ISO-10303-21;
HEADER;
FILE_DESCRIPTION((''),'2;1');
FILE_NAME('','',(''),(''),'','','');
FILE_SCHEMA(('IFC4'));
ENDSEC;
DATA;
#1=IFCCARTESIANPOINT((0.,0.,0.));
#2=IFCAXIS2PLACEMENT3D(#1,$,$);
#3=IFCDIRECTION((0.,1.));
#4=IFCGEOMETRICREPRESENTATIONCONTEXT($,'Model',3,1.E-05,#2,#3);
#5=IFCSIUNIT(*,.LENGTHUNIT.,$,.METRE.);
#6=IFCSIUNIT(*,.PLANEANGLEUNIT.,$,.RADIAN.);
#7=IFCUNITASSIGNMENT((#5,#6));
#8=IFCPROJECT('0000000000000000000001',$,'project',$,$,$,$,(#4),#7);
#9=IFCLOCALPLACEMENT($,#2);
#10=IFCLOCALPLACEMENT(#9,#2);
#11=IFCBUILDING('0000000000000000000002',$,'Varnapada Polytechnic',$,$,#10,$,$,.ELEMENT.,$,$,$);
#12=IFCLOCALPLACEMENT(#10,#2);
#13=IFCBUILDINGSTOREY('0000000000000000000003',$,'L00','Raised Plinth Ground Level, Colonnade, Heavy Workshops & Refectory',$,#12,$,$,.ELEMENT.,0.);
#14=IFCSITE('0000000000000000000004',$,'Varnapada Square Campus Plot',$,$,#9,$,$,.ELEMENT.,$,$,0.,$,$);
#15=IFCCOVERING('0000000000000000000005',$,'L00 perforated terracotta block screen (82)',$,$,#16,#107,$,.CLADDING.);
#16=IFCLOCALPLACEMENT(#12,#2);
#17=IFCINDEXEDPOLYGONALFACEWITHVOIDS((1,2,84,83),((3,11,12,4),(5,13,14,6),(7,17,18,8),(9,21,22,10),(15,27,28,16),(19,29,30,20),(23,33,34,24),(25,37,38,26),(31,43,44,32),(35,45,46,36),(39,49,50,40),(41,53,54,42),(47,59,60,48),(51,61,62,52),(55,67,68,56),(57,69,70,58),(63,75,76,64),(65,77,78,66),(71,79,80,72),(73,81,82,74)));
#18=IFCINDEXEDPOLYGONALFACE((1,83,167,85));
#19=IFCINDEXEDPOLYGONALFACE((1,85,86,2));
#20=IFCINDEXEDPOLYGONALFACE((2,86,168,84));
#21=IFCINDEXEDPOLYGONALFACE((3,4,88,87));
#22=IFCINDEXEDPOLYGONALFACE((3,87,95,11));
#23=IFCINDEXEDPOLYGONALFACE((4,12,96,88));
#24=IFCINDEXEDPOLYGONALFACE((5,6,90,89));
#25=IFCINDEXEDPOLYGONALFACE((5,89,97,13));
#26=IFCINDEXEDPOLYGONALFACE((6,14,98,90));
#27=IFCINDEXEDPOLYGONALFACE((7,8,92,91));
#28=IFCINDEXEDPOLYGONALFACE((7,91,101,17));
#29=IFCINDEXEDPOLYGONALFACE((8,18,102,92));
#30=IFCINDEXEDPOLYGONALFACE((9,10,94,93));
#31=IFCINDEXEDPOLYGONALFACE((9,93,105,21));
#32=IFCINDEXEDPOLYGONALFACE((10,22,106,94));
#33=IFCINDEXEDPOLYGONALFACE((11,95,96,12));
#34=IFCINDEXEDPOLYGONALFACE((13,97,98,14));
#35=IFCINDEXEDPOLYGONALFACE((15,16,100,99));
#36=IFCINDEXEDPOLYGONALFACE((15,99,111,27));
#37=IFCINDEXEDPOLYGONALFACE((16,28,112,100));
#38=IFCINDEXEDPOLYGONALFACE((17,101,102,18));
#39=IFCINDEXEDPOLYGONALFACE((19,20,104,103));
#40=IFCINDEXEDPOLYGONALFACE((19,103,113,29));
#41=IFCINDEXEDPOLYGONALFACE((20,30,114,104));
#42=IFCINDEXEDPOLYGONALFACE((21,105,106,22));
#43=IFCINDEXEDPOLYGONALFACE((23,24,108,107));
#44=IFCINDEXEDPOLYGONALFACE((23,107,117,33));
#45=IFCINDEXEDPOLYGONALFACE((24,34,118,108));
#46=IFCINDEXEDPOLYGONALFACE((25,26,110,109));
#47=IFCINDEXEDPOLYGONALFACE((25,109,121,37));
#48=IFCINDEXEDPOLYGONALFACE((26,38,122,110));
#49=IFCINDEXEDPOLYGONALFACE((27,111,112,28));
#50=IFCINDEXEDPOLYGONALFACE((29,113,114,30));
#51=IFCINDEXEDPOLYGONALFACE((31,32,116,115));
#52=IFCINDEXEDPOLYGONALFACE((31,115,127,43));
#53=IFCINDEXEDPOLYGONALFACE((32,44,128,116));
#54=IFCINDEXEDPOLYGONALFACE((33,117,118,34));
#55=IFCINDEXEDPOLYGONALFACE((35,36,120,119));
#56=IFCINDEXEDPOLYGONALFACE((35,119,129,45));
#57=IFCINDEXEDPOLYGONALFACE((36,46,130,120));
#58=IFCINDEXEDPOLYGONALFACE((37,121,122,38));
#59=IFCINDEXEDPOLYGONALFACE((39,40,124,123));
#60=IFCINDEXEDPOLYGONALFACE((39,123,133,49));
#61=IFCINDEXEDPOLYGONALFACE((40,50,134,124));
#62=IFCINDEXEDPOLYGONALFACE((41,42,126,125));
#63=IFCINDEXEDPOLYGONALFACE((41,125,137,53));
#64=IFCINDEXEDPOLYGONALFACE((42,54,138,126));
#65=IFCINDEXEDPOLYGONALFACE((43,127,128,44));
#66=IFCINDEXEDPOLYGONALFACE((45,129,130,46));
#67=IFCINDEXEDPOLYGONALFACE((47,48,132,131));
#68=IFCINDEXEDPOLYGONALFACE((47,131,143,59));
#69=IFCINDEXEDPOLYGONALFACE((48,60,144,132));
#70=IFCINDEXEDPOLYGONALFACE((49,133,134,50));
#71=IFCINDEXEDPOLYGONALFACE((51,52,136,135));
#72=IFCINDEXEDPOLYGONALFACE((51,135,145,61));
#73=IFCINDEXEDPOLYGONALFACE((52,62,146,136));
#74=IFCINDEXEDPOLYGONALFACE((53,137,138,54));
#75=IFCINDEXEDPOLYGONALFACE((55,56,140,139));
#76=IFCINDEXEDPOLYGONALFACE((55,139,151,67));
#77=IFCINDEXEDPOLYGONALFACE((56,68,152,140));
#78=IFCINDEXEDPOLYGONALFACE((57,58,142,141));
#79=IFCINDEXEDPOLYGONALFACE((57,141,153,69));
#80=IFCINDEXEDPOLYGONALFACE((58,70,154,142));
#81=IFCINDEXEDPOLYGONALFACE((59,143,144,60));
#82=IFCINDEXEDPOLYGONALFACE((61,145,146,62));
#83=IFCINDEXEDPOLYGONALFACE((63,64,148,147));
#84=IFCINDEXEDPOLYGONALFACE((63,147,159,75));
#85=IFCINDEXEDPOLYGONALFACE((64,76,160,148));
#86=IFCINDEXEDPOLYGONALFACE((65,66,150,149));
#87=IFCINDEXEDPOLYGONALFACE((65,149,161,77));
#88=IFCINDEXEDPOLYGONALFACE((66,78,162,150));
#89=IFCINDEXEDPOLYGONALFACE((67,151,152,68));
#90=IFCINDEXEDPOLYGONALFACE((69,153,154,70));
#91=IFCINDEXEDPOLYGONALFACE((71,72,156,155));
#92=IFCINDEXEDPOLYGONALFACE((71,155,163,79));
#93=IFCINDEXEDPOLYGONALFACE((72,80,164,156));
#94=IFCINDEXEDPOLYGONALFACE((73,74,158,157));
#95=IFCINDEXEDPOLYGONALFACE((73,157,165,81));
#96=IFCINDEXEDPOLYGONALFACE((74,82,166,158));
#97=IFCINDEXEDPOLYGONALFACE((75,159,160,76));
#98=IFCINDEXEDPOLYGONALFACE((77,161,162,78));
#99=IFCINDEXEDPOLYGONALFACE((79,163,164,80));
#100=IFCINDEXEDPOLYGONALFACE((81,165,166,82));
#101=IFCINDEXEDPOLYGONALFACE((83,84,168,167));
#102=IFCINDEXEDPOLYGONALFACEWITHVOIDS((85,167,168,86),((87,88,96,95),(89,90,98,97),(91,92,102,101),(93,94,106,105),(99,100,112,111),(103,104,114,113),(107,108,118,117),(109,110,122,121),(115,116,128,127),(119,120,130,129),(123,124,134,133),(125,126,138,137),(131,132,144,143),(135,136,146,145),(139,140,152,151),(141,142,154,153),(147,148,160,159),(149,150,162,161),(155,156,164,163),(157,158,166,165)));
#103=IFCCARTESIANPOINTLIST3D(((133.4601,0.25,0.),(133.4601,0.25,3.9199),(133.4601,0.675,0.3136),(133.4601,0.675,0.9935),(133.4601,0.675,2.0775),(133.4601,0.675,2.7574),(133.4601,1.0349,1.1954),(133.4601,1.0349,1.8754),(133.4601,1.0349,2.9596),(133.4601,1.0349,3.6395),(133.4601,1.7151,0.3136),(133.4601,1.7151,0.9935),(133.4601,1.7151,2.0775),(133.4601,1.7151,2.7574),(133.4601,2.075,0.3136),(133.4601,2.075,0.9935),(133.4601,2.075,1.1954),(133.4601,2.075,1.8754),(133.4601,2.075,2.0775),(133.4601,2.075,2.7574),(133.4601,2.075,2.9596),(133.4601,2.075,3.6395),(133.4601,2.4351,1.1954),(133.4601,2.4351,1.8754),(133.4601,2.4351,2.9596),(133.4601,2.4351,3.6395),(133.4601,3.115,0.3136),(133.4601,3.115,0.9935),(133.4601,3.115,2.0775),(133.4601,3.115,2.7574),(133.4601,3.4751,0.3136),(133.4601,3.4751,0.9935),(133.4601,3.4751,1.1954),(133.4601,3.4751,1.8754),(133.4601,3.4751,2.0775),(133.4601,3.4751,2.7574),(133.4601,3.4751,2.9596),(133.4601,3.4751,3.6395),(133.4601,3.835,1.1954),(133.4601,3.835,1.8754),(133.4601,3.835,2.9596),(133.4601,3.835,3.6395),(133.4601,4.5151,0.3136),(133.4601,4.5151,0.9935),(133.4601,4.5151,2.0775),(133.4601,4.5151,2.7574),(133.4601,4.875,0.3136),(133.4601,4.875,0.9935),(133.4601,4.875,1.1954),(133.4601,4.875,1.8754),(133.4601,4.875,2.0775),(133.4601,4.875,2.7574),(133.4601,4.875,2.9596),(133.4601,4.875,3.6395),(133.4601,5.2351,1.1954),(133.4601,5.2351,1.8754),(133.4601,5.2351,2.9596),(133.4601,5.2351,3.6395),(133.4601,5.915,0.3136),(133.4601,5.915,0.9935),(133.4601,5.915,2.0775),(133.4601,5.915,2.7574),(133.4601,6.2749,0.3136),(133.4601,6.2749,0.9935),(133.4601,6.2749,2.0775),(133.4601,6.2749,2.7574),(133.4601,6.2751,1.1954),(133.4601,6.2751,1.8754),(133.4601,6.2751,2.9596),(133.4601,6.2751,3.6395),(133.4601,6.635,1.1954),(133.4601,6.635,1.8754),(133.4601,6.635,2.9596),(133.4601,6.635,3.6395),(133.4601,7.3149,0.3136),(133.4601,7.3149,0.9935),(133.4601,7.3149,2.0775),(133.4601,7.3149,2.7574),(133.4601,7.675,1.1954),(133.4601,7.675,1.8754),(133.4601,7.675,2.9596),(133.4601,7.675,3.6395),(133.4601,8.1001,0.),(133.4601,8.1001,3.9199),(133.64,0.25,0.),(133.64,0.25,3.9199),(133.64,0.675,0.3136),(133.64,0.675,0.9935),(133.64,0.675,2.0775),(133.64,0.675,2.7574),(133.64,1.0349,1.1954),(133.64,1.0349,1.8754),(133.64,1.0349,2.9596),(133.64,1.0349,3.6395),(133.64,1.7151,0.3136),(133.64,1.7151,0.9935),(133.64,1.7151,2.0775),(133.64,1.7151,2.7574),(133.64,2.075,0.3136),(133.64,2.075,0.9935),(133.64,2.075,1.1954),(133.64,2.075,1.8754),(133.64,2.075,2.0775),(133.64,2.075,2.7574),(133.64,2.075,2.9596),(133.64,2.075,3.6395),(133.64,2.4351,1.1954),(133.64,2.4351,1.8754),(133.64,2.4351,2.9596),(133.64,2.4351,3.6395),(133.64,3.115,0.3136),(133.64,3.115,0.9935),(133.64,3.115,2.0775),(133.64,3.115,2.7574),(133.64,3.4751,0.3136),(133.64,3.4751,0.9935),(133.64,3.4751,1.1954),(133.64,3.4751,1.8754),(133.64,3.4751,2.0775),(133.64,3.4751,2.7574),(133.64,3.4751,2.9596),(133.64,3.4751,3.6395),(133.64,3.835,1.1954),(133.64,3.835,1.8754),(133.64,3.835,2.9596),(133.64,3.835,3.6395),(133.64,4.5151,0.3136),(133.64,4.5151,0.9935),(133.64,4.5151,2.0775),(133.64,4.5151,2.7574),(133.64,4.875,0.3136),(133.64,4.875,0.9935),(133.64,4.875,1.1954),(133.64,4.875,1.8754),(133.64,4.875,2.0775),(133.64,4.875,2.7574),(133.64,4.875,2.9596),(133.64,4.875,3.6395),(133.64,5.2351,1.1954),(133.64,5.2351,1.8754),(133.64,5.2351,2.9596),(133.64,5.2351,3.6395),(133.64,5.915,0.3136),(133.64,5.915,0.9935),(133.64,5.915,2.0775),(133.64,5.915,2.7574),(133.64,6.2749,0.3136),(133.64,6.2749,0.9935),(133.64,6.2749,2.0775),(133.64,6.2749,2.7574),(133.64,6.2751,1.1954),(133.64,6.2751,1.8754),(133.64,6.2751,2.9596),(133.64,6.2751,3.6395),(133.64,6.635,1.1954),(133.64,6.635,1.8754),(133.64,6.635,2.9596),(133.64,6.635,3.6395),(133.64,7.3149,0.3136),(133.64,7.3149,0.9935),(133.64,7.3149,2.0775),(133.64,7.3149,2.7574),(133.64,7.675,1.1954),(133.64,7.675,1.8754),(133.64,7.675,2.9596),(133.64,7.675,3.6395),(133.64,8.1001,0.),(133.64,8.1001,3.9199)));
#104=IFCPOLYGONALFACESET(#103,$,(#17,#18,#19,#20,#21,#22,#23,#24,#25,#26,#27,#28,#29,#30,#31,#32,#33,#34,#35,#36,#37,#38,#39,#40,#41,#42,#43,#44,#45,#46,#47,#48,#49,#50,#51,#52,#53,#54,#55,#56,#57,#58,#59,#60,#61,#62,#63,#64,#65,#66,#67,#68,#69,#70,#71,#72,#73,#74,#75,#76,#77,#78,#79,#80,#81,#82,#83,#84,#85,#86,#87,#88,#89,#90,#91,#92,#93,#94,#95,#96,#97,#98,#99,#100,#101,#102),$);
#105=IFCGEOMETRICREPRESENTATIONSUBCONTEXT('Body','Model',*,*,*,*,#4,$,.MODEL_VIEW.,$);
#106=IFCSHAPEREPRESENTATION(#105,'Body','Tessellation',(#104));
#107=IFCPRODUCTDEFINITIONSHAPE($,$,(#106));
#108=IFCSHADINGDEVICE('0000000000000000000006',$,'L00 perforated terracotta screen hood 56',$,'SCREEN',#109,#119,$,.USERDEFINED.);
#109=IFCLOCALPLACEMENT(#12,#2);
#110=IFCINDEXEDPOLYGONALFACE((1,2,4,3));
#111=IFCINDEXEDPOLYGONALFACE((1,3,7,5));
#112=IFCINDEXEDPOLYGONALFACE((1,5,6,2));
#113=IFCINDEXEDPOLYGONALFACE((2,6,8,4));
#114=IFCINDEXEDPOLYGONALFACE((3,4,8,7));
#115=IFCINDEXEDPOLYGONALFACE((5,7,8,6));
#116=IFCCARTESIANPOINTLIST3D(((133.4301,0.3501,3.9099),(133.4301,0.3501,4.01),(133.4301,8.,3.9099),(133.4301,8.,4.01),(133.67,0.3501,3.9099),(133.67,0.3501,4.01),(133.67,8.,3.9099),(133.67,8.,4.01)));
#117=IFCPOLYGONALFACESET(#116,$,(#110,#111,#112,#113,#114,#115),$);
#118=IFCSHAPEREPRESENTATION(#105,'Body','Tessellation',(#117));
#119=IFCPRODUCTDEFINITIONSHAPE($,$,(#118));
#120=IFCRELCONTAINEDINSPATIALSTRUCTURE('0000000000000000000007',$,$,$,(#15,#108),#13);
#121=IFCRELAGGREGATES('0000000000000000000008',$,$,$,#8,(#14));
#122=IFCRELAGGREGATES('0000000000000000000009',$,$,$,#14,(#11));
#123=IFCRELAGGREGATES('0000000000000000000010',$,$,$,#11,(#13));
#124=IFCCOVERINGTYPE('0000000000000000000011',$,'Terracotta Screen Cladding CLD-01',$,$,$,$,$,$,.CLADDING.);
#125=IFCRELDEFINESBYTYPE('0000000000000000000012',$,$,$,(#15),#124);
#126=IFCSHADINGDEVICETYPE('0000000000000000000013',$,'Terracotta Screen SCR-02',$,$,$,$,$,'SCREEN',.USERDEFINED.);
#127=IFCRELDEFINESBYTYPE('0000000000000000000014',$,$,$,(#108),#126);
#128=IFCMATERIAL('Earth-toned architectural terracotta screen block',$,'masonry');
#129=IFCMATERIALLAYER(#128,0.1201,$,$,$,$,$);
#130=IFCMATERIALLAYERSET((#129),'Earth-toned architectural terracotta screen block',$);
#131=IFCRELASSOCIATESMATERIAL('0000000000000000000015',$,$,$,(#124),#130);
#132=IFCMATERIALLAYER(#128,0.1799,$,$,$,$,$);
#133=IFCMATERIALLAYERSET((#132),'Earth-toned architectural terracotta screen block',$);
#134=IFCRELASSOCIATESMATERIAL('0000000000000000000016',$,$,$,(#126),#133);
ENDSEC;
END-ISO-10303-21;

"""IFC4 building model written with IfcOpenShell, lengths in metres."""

from ifc_helpers import new_model, si_unit, direction, frame, frame_2d, origin, origin_2d, place, context, subcontext, project, spatial, rectangle, extrude, material, layer, layer_set, type_object, element, save


model = new_model("IFC4")

# Units and contexts
model_context = context("Model", 3, precision=1e-05, world=origin(), true_north=direction((0.0, 1.0)))
body_context = subcontext(model_context, "Body", "Model", "MODEL_VIEW")
ifc_project = project(units=[si_unit("LENGTHUNIT", "METRE"), si_unit("PLANEANGLEUNIT", "RADIAN")], contexts=[model_context])

# Site, building, storey
site_placement = place(None, origin())
site = spatial("IfcSite", under=ifc_project, at=site_placement, Name="Varnapada Square Campus Plot", CompositionType="ELEMENT", RefElevation=0.0)
building_placement = place(site_placement, origin())
building = spatial("IfcBuilding", under=site, at=building_placement, Name="Varnapada Polytechnic", CompositionType="ELEMENT")
storey_placement = place(building_placement, origin())
storey = spatial("IfcBuildingStorey", under=building, at=storey_placement, Name="L00", Description="Raised Plinth Ground Level, Colonnade, Heavy Workshops & Refectory", CompositionType="ELEMENT", Elevation=0.0)

# Covering, openings
ifc_material_1 = material(Name="Earth-toned architectural terracotta screen block", Category="masonry")
ifc_layer_1 = layer(ifc_material_1, 0.1201)
ifc_layer_set_1 = layer_set([ifc_layer_1], Name="Earth-toned architectural terracotta screen block")
covering_type = type_object("IfcCoveringType", Name="Terracotta Screen Cladding CLD-01", PredefinedType="CLADDING", material=ifc_layer_set_1)
covering_placement = place(storey_placement, frame((133.55, 0.25, 0.0), z_axis=(0.0, 0.0, 1.0), x_axis=(0.0, 1.0, 0.0)))
covering = element("IfcCovering", 1, at=covering_placement, inside=storey, type_object=covering_type, Name="L00 perforated terracotta block screen (82)", PredefinedType="CLADDING", context=body_context, shape_type="SweptSolid", body=[
    extrude(rectangle(XDim=7.8501, YDim=0.1799, at=frame_2d((3.925, 0.0))), origin(), (0.0, 0.0, 1.0), 3.9199),
])
opening_1_placement = place(covering_placement, frame((0.425, 0.0, 0.3137)))
element("IfcOpeningElement", 2, at=opening_1_placement, cuts=covering, PredefinedType="OPENING", context=body_context, shape_type="SweptSolid", body=[
    extrude(rectangle(XDim=1.04, YDim=0.6799, at=frame_2d((0.52, 0.3398))), frame((0.0, 0.0999, 0.0), z_axis=(0.0, -1.0, 0.0), x_axis=(1.0, 0.0, 0.0)), (0.0, 0.0, 1.0), 0.2),
])
opening_2_placement = place(covering_placement, frame((1.825, 0.0, 0.3137)))
element("IfcOpeningElement", 3, at=opening_2_placement, cuts=covering, PredefinedType="OPENING", context=body_context, shape_type="SweptSolid", body=[
    extrude(rectangle(XDim=1.04, YDim=0.6799, at=frame_2d((0.52, 0.3398))), frame((0.0, 0.0999, 0.0), z_axis=(0.0, -1.0, 0.0), x_axis=(1.0, 0.0, 0.0)), (0.0, 0.0, 1.0), 0.2),
])
opening_3_placement = place(covering_placement, frame((3.2251, 0.0, 0.3137)))
element("IfcOpeningElement", 4, at=opening_3_placement, cuts=covering, PredefinedType="OPENING", context=body_context, shape_type="SweptSolid", body=[
    extrude(rectangle(XDim=1.04, YDim=0.6799, at=frame_2d((0.52, 0.3398))), frame((0.0, 0.0999, 0.0), z_axis=(0.0, -1.0, 0.0), x_axis=(1.0, 0.0, 0.0)), (0.0, 0.0, 1.0), 0.2),
])
opening_4_placement = place(covering_placement, frame((4.625, 0.0, 0.3137)))
element("IfcOpeningElement", 5, at=opening_4_placement, cuts=covering, PredefinedType="OPENING", context=body_context, shape_type="SweptSolid", body=[
    extrude(rectangle(XDim=1.04, YDim=0.6799, at=frame_2d((0.52, 0.3398))), frame((0.0, 0.0999, 0.0), z_axis=(0.0, -1.0, 0.0), x_axis=(1.0, 0.0, 0.0)), (0.0, 0.0, 1.0), 0.2),
])
opening_5_placement = place(covering_placement, frame((6.0249, 0.0, 0.3137)))
element("IfcOpeningElement", 6, at=opening_5_placement, cuts=covering, PredefinedType="OPENING", context=body_context, shape_type="SweptSolid", body=[
    extrude(rectangle(XDim=1.04, YDim=0.6799, at=frame_2d((0.52, 0.3398))), frame((0.0, 0.0999, 0.0), z_axis=(0.0, -1.0, 0.0), x_axis=(1.0, 0.0, 0.0)), (0.0, 0.0, 1.0), 0.2),
])
opening_6_placement = place(covering_placement, frame((0.7849, 0.0, 1.1956)))
element("IfcOpeningElement", 7, at=opening_6_placement, cuts=covering, PredefinedType="OPENING", context=body_context, shape_type="SweptSolid", body=[
    extrude(rectangle(XDim=1.04, YDim=0.6799, at=frame_2d((0.52, 0.3398))), frame((0.0, 0.0999, 0.0), z_axis=(0.0, -1.0, 0.0), x_axis=(1.0, 0.0, 0.0)), (0.0, 0.0, 1.0), 0.2),
])
opening_7_placement = place(covering_placement, frame((2.1851, 0.0, 1.1956)))
element("IfcOpeningElement", 8, at=opening_7_placement, cuts=covering, PredefinedType="OPENING", context=body_context, shape_type="SweptSolid", body=[
    extrude(rectangle(XDim=1.04, YDim=0.6799, at=frame_2d((0.52, 0.3398))), frame((0.0, 0.0999, 0.0), z_axis=(0.0, -1.0, 0.0), x_axis=(1.0, 0.0, 0.0)), (0.0, 0.0, 1.0), 0.2),
])
opening_8_placement = place(covering_placement, frame((3.585, 0.0, 1.1956)))
element("IfcOpeningElement", 9, at=opening_8_placement, cuts=covering, PredefinedType="OPENING", context=body_context, shape_type="SweptSolid", body=[
    extrude(rectangle(XDim=1.04, YDim=0.6799, at=frame_2d((0.52, 0.3398))), frame((0.0, 0.0999, 0.0), z_axis=(0.0, -1.0, 0.0), x_axis=(1.0, 0.0, 0.0)), (0.0, 0.0, 1.0), 0.2),
])
opening_9_placement = place(covering_placement, frame((4.9851, 0.0, 1.1956)))
element("IfcOpeningElement", 10, at=opening_9_placement, cuts=covering, PredefinedType="OPENING", context=body_context, shape_type="SweptSolid", body=[
    extrude(rectangle(XDim=1.04, YDim=0.6799, at=frame_2d((0.52, 0.3398))), frame((0.0, 0.0999, 0.0), z_axis=(0.0, -1.0, 0.0), x_axis=(1.0, 0.0, 0.0)), (0.0, 0.0, 1.0), 0.2),
])
opening_10_placement = place(covering_placement, frame((6.385, 0.0, 1.1956)))
element("IfcOpeningElement", 11, at=opening_10_placement, cuts=covering, PredefinedType="OPENING", context=body_context, shape_type="SweptSolid", body=[
    extrude(rectangle(XDim=1.04, YDim=0.6799, at=frame_2d((0.52, 0.3398))), frame((0.0, 0.0999, 0.0), z_axis=(0.0, -1.0, 0.0), x_axis=(1.0, 0.0, 0.0)), (0.0, 0.0, 1.0), 0.2),
])
opening_11_placement = place(covering_placement, frame((0.425, 0.0, 2.0776)))
element("IfcOpeningElement", 12, at=opening_11_placement, cuts=covering, PredefinedType="OPENING", context=body_context, shape_type="SweptSolid", body=[
    extrude(rectangle(XDim=1.04, YDim=0.6799, at=frame_2d((0.52, 0.3398))), frame((0.0, 0.0999, 0.0), z_axis=(0.0, -1.0, 0.0), x_axis=(1.0, 0.0, 0.0)), (0.0, 0.0, 1.0), 0.2),
])
opening_12_placement = place(covering_placement, frame((1.825, 0.0, 2.0776)))
element("IfcOpeningElement", 13, at=opening_12_placement, cuts=covering, PredefinedType="OPENING", context=body_context, shape_type="SweptSolid", body=[
    extrude(rectangle(XDim=1.04, YDim=0.6799, at=frame_2d((0.52, 0.3398))), frame((0.0, 0.0999, 0.0), z_axis=(0.0, -1.0, 0.0), x_axis=(1.0, 0.0, 0.0)), (0.0, 0.0, 1.0), 0.2),
])
opening_13_placement = place(covering_placement, frame((3.2251, 0.0, 2.0776)))
element("IfcOpeningElement", 14, at=opening_13_placement, cuts=covering, PredefinedType="OPENING", context=body_context, shape_type="SweptSolid", body=[
    extrude(rectangle(XDim=1.04, YDim=0.6799, at=frame_2d((0.52, 0.3398))), frame((0.0, 0.0999, 0.0), z_axis=(0.0, -1.0, 0.0), x_axis=(1.0, 0.0, 0.0)), (0.0, 0.0, 1.0), 0.2),
])
opening_14_placement = place(covering_placement, frame((4.625, 0.0, 2.0776)))
element("IfcOpeningElement", 15, at=opening_14_placement, cuts=covering, PredefinedType="OPENING", context=body_context, shape_type="SweptSolid", body=[
    extrude(rectangle(XDim=1.04, YDim=0.6799, at=frame_2d((0.52, 0.3398))), frame((0.0, 0.0999, 0.0), z_axis=(0.0, -1.0, 0.0), x_axis=(1.0, 0.0, 0.0)), (0.0, 0.0, 1.0), 0.2),
])
opening_15_placement = place(covering_placement, frame((6.0249, 0.0, 2.0776)))
element("IfcOpeningElement", 16, at=opening_15_placement, cuts=covering, PredefinedType="OPENING", context=body_context, shape_type="SweptSolid", body=[
    extrude(rectangle(XDim=1.04, YDim=0.6799, at=frame_2d((0.52, 0.3398))), frame((0.0, 0.0999, 0.0), z_axis=(0.0, -1.0, 0.0), x_axis=(1.0, 0.0, 0.0)), (0.0, 0.0, 1.0), 0.2),
])
opening_16_placement = place(covering_placement, frame((0.7849, 0.0, 2.9597)))
element("IfcOpeningElement", 17, at=opening_16_placement, cuts=covering, PredefinedType="OPENING", context=body_context, shape_type="SweptSolid", body=[
    extrude(rectangle(XDim=1.04, YDim=0.6799, at=frame_2d((0.52, 0.3398))), frame((0.0, 0.0999, 0.0), z_axis=(0.0, -1.0, 0.0), x_axis=(1.0, 0.0, 0.0)), (0.0, 0.0, 1.0), 0.2),
])
opening_17_placement = place(covering_placement, frame((2.1851, 0.0, 2.9597)))
element("IfcOpeningElement", 18, at=opening_17_placement, cuts=covering, PredefinedType="OPENING", context=body_context, shape_type="SweptSolid", body=[
    extrude(rectangle(XDim=1.04, YDim=0.6799, at=frame_2d((0.52, 0.3398))), frame((0.0, 0.0999, 0.0), z_axis=(0.0, -1.0, 0.0), x_axis=(1.0, 0.0, 0.0)), (0.0, 0.0, 1.0), 0.2),
])
opening_18_placement = place(covering_placement, frame((3.585, 0.0, 2.9597)))
element("IfcOpeningElement", 19, at=opening_18_placement, cuts=covering, PredefinedType="OPENING", context=body_context, shape_type="SweptSolid", body=[
    extrude(rectangle(XDim=1.04, YDim=0.6799, at=frame_2d((0.52, 0.3398))), frame((0.0, 0.0999, 0.0), z_axis=(0.0, -1.0, 0.0), x_axis=(1.0, 0.0, 0.0)), (0.0, 0.0, 1.0), 0.2),
])
opening_19_placement = place(covering_placement, frame((4.9851, 0.0, 2.9597)))
element("IfcOpeningElement", 20, at=opening_19_placement, cuts=covering, PredefinedType="OPENING", context=body_context, shape_type="SweptSolid", body=[
    extrude(rectangle(XDim=1.04, YDim=0.6799, at=frame_2d((0.52, 0.3398))), frame((0.0, 0.0999, 0.0), z_axis=(0.0, -1.0, 0.0), x_axis=(1.0, 0.0, 0.0)), (0.0, 0.0, 1.0), 0.2),
])
opening_20_placement = place(covering_placement, frame((6.385, 0.0, 2.9597)))
element("IfcOpeningElement", 21, at=opening_20_placement, cuts=covering, PredefinedType="OPENING", context=body_context, shape_type="SweptSolid", body=[
    extrude(rectangle(XDim=1.04, YDim=0.6799, at=frame_2d((0.52, 0.3398))), frame((0.0, 0.0999, 0.0), z_axis=(0.0, -1.0, 0.0), x_axis=(1.0, 0.0, 0.0)), (0.0, 0.0, 1.0), 0.2),
])

# Shading device
ifc_layer_2 = layer(ifc_material_1, 0.1799)
ifc_layer_set_2 = layer_set([ifc_layer_2], Name="Earth-toned architectural terracotta screen block")
shading_device_type = type_object("IfcShadingDeviceType", Name="Terracotta Screen SCR-02", ElementType="SCREEN", PredefinedType="USERDEFINED", material=ifc_layer_set_2)
shading_device_placement = place(storey_placement, frame((133.55, 4.175, 3.9099), z_axis=(0.0, 0.0, 1.0), x_axis=(0.0, 1.0, 0.0)))
element("IfcShadingDevice", 22, at=shading_device_placement, inside=storey, type_object=shading_device_type, Name="L00 perforated terracotta screen hood 56", ObjectType="SCREEN", PredefinedType="USERDEFINED", context=body_context, shape_type="SweptSolid", body=[
    extrude(rectangle(XDim=7.6499, YDim=0.24, at=origin_2d()), origin(), (0.0, 0.0, 1.0), 0.1001),
])

save(model, "model.ifc")
